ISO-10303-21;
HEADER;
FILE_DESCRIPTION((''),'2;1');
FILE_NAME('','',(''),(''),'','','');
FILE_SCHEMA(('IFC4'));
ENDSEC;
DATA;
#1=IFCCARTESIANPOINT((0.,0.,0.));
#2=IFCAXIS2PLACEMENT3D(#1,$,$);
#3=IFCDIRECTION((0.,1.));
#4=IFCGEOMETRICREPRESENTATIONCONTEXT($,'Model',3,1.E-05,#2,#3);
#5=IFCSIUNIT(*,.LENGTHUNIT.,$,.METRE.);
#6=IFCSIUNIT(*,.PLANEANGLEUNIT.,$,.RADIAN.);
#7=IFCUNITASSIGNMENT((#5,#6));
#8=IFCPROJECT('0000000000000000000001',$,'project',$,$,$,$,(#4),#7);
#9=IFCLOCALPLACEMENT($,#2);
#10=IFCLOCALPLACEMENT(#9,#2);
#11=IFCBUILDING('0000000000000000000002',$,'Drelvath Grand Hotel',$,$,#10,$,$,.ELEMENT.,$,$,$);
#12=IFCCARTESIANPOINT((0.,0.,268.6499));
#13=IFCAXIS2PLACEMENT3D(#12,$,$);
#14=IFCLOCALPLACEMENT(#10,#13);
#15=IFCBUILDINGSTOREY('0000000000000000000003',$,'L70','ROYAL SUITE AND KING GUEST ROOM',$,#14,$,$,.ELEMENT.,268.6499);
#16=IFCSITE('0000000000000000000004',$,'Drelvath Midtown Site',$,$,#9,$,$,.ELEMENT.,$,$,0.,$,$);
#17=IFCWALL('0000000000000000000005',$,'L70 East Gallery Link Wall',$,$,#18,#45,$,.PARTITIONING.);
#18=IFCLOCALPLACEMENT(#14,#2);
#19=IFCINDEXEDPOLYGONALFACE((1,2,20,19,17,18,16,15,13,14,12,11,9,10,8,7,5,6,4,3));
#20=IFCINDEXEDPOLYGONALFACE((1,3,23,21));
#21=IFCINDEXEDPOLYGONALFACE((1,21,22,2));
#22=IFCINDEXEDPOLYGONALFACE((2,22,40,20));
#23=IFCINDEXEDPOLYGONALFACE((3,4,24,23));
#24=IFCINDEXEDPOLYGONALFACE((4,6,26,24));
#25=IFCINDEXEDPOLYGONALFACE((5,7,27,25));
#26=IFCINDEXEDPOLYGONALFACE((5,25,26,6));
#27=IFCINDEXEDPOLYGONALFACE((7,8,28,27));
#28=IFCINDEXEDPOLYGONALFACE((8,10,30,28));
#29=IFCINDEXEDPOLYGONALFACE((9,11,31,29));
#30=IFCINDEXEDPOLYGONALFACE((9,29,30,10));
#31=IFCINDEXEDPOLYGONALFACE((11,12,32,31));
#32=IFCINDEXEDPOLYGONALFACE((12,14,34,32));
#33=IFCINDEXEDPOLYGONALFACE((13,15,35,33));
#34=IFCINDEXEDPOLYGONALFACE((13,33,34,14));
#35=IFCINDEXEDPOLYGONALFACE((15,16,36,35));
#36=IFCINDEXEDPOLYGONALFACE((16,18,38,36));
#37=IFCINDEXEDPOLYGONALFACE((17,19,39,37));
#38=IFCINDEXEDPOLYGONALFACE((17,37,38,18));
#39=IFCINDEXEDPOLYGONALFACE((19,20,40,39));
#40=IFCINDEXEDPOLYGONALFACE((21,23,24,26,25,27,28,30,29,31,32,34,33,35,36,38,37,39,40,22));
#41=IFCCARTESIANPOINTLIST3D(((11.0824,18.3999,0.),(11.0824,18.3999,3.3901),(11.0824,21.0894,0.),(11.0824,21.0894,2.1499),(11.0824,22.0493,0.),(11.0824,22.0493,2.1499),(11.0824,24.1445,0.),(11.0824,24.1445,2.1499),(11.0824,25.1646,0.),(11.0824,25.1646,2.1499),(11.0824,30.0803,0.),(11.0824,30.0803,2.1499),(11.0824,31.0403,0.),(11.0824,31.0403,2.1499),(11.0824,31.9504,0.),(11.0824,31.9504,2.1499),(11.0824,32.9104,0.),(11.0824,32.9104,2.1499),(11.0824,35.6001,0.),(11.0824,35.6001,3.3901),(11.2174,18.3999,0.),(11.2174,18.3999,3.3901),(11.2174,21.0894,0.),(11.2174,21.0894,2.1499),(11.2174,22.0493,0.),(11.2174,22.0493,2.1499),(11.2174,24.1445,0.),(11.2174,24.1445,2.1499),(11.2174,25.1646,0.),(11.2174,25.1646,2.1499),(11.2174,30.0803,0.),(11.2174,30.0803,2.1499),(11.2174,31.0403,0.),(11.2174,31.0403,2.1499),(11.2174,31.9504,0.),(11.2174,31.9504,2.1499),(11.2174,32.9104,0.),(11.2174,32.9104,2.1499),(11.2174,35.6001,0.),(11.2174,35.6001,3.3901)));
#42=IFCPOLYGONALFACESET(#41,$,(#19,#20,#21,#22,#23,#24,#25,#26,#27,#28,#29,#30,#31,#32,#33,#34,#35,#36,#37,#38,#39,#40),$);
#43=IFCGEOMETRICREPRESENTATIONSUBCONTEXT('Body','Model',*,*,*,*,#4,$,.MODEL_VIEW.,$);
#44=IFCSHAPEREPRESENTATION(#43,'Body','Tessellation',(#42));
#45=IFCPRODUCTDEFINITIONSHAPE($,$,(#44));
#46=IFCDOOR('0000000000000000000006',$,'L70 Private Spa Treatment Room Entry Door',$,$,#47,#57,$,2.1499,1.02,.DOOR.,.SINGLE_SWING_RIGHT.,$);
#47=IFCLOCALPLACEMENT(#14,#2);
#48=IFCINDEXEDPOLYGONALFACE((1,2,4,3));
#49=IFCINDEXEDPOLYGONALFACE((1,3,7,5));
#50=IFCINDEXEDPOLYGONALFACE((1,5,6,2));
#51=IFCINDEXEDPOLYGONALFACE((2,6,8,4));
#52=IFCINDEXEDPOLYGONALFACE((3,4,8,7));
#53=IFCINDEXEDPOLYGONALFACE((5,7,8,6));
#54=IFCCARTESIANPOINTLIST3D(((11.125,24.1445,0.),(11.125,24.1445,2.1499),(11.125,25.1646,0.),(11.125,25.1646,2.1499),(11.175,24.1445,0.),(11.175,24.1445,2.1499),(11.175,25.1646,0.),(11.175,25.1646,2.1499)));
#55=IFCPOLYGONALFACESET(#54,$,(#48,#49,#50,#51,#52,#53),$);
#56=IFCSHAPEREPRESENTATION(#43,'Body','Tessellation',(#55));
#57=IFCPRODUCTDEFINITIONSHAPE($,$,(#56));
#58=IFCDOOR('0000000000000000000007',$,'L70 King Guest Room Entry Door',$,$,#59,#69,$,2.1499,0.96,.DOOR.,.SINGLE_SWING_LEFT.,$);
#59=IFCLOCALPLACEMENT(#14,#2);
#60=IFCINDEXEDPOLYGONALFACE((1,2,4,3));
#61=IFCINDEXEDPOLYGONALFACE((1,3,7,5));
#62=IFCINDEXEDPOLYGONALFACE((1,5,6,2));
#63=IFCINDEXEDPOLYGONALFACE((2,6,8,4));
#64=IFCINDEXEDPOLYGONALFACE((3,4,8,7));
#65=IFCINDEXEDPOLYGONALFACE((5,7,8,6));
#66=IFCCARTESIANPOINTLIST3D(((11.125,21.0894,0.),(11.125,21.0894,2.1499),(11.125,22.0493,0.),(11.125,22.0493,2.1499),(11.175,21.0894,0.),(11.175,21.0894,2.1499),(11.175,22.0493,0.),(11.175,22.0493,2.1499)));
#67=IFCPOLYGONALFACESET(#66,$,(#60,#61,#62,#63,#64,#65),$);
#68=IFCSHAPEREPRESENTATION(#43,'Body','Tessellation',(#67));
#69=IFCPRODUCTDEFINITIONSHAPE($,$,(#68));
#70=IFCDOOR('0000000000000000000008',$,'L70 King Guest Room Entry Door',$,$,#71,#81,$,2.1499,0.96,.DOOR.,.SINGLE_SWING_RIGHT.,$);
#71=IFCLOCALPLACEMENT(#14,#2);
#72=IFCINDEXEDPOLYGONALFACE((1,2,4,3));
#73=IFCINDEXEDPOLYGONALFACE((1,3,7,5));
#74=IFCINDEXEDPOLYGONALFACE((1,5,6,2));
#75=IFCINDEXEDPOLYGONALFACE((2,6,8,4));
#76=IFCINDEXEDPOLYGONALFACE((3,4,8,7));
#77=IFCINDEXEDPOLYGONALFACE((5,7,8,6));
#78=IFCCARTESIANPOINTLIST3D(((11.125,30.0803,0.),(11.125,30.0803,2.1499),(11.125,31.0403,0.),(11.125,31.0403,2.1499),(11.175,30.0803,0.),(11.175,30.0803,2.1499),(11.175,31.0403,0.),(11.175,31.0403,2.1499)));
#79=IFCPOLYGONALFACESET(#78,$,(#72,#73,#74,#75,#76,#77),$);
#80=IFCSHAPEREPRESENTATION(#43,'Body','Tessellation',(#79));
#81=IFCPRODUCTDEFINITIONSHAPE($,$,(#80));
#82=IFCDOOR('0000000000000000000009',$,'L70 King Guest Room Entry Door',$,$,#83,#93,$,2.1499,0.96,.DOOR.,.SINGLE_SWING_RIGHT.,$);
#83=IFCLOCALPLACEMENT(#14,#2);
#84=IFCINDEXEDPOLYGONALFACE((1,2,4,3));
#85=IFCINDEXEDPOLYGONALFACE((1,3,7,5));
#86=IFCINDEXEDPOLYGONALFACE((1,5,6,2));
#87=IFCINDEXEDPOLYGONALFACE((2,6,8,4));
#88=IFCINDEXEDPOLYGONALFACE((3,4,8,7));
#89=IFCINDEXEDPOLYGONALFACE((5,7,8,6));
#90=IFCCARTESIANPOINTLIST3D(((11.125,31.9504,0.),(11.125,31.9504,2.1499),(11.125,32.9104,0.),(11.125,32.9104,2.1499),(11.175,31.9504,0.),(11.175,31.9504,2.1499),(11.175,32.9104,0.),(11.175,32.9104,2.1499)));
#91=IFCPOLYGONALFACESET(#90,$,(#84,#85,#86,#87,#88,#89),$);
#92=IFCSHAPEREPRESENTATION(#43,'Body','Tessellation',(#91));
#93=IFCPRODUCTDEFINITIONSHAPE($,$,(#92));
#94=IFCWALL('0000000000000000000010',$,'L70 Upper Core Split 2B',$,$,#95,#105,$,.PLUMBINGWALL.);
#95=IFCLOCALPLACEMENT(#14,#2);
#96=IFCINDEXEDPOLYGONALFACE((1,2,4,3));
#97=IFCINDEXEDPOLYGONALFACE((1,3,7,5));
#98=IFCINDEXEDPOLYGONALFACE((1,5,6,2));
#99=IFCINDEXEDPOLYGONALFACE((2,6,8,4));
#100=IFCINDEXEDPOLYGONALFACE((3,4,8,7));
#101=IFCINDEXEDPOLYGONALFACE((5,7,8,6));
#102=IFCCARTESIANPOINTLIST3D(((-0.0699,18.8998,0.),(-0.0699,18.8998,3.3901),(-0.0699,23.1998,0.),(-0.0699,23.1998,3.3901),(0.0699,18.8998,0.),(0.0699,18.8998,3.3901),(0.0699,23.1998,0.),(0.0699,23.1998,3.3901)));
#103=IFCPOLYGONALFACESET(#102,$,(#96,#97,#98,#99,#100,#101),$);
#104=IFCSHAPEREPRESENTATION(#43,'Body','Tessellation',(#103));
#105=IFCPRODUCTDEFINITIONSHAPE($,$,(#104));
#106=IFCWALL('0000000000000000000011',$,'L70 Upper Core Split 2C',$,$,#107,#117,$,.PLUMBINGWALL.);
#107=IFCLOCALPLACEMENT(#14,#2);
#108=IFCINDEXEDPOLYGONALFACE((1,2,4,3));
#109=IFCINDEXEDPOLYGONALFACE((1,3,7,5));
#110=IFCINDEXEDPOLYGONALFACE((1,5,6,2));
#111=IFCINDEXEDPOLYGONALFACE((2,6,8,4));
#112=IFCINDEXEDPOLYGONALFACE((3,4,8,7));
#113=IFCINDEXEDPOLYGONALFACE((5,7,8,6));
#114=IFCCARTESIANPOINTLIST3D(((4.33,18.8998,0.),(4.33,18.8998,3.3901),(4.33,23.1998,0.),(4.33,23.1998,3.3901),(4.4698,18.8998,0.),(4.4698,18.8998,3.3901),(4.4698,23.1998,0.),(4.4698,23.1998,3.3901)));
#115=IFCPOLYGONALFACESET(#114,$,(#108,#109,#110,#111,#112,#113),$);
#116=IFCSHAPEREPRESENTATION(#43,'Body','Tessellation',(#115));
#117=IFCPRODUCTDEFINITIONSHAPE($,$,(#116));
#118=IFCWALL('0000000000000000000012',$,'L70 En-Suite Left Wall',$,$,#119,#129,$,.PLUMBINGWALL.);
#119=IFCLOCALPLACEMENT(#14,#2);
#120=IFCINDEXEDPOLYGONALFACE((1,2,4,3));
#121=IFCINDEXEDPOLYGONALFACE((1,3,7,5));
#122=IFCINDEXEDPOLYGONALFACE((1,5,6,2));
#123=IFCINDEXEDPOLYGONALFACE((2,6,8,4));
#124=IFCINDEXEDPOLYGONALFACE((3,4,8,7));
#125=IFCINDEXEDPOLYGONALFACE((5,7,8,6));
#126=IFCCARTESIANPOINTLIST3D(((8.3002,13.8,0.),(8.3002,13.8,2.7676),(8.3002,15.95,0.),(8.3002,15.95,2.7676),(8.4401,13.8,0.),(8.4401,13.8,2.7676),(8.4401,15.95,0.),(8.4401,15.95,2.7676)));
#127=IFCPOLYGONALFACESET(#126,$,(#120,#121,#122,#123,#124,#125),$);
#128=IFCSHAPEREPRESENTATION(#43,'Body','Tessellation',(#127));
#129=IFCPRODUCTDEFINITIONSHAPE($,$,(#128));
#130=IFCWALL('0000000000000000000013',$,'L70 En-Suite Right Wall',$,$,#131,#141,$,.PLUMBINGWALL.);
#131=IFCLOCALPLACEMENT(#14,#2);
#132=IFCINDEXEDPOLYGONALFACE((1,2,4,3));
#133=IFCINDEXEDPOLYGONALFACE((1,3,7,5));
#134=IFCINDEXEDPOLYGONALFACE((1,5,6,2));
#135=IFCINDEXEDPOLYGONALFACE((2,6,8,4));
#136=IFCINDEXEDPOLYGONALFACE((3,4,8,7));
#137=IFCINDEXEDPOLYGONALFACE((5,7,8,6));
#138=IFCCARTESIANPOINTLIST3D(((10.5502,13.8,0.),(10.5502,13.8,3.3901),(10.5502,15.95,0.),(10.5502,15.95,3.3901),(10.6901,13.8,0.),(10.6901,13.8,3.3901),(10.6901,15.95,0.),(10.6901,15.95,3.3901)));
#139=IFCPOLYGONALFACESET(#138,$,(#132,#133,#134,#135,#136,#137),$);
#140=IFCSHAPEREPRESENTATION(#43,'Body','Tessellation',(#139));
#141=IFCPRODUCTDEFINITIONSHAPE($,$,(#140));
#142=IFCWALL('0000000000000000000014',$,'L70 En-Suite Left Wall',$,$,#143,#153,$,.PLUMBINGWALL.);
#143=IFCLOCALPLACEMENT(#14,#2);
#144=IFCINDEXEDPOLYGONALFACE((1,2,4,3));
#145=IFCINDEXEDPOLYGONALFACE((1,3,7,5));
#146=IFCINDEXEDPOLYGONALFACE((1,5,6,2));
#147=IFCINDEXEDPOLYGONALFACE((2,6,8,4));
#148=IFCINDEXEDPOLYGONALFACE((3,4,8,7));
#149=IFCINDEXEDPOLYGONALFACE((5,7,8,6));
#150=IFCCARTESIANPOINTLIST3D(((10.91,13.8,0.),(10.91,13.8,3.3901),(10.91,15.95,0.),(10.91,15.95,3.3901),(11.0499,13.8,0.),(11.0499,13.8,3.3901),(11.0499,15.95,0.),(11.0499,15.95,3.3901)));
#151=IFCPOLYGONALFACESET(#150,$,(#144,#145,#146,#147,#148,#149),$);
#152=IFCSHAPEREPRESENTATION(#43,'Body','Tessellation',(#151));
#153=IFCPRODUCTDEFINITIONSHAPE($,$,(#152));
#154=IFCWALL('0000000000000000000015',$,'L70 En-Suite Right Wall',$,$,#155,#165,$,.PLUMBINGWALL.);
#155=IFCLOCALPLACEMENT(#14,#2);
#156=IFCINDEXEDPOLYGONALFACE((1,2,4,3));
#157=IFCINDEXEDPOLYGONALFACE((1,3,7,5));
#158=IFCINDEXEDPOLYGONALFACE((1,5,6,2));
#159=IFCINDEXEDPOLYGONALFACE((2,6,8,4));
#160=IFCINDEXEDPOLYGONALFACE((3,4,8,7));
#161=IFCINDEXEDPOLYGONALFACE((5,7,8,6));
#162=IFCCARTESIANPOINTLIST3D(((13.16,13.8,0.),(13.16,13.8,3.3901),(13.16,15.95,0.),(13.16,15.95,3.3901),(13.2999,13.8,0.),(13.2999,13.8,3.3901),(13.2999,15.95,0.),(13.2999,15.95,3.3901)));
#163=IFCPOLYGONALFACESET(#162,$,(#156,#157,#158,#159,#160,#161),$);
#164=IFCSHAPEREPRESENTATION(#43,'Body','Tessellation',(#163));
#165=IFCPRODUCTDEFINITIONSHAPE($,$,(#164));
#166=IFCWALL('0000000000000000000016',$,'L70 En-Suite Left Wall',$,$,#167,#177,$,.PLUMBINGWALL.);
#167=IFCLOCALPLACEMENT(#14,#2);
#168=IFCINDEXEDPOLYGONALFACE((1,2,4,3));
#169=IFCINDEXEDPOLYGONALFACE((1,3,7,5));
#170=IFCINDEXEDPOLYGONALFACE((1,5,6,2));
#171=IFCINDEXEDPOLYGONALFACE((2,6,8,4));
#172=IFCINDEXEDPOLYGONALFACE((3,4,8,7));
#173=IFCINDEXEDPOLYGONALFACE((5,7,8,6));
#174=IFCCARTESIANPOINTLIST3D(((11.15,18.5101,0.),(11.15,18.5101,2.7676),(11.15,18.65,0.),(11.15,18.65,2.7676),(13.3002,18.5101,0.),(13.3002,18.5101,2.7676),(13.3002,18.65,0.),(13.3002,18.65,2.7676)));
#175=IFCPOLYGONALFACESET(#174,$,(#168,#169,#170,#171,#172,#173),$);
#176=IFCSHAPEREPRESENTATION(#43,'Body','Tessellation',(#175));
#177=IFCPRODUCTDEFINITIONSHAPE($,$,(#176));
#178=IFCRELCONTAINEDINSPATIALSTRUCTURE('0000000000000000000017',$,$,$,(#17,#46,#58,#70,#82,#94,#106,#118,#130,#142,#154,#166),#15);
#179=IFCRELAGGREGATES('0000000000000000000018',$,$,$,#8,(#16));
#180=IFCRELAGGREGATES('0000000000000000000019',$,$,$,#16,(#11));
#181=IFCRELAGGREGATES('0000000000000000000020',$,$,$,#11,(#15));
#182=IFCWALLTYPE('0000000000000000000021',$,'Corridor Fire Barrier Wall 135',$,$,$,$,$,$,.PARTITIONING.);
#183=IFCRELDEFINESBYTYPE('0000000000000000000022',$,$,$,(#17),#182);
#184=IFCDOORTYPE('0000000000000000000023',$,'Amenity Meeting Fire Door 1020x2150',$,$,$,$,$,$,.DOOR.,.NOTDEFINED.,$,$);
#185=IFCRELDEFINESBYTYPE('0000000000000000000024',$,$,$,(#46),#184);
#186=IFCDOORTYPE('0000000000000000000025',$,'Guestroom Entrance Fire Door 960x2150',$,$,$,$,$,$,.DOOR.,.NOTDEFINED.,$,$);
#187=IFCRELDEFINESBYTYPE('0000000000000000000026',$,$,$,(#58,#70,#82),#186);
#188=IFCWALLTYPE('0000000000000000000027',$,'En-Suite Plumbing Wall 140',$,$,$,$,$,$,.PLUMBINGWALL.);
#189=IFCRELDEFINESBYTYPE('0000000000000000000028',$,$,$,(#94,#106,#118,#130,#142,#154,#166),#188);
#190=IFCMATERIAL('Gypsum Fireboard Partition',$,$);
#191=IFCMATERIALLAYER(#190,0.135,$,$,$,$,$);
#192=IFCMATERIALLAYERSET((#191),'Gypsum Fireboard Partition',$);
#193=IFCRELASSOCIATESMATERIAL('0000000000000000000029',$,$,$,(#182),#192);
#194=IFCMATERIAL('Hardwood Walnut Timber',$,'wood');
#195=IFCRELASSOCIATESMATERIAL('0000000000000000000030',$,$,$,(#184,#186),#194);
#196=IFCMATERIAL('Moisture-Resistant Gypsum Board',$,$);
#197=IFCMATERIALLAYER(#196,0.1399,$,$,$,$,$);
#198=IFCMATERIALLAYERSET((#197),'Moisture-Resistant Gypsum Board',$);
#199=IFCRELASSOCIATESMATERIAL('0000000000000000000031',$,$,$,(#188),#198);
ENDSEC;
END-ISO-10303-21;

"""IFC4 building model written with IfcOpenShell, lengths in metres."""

from ifc_helpers import new_model, si_unit, direction, frame, frame_2d, origin, place, context, subcontext, project, spatial, rectangle, extrude, material, layer, layer_set, type_object, element, fill, save


model = new_model("IFC4")

# Units and contexts
model_context = context("Model", 3, precision=1e-05, world=origin(), true_north=direction((0.0, 1.0)))
body_context = subcontext(model_context, "Body", "Model", "MODEL_VIEW")
ifc_project = project(units=[si_unit("LENGTHUNIT", "METRE"), si_unit("PLANEANGLEUNIT", "RADIAN")], contexts=[model_context])

# Site, building, storey
site_placement = place(None, origin())
site = spatial("IfcSite", under=ifc_project, at=site_placement, Name="Drelvath Midtown Site", CompositionType="ELEMENT", RefElevation=0.0)
building_placement = place(site_placement, origin())
building = spatial("IfcBuilding", under=site, at=building_placement, Name="Drelvath Grand Hotel", CompositionType="ELEMENT")
storey_placement = place(building_placement, frame((0.0, 0.0, 268.6499)))
storey = spatial("IfcBuildingStorey", under=building, at=storey_placement, Name="L70", Description="ROYAL SUITE AND KING GUEST ROOM", CompositionType="ELEMENT", Elevation=268.6499)

# Shared definitions
ifc_material_1 = material(Name="Gypsum Fireboard Partition")
ifc_layer_1 = layer(ifc_material_1, 0.135)
ifc_layer_set_1 = layer_set([ifc_layer_1], Name="Gypsum Fireboard Partition")
wall_type_1 = type_object("IfcWallType", Name="Corridor Fire Barrier Wall 135", PredefinedType="PARTITIONING", material=ifc_layer_set_1)

# Wall, openings, doors
wall_1_placement = place(storey_placement, frame((11.1499, 18.3999, 0.0), z_axis=(0.0, 0.0, 1.0), x_axis=(0.0, 1.0, 0.0)))
wall_1 = element("IfcWall", 1, at=wall_1_placement, inside=storey, type_object=wall_type_1, Name="L70 East Gallery Link Wall", PredefinedType="PARTITIONING", context=body_context, shape_type="SweptSolid", body=[
    extrude(rectangle(XDim=17.2002, YDim=0.135, at=frame_2d((8.6001, 0.0))), origin(), (0.0, 0.0, 1.0), 3.3901),
])
opening_1_placement = place(wall_1_placement, frame((2.6895, 0.0, 0.0)))
opening_1 = element("IfcOpeningElement", 2, at=opening_1_placement, cuts=wall_1, PredefinedType="OPENING", context=body_context, shape_type="SweptSolid", body=[
    extrude(rectangle(XDim=0.96, YDim=2.1499, at=frame_2d((0.48, 1.075))), frame((0.0, 0.0774, 0.0), z_axis=(0.0, -1.0, 0.0), x_axis=(1.0, 0.0, 0.0)), (0.0, 0.0, 1.0), 0.155),
])
opening_2_placement = place(wall_1_placement, frame((5.7446, 0.0, 0.0)))
opening_2 = element("IfcOpeningElement", 3, at=opening_2_placement, cuts=wall_1, PredefinedType="OPENING", context=body_context, shape_type="SweptSolid", body=[
    extrude(rectangle(XDim=1.02, YDim=2.1499, at=frame_2d((0.51, 1.075))), frame((0.0, 0.0774, 0.0), z_axis=(0.0, -1.0, 0.0), x_axis=(1.0, 0.0, 0.0)), (0.0, 0.0, 1.0), 0.155),
])
opening_3_placement = place(wall_1_placement, frame((11.6804, 0.0, 0.0)))
opening_3 = element("IfcOpeningElement", 4, at=opening_3_placement, cuts=wall_1, PredefinedType="OPENING", context=body_context, shape_type="SweptSolid", body=[
    extrude(rectangle(XDim=0.96, YDim=2.1499, at=frame_2d((0.48, 1.075))), frame((0.0, 0.0774, 0.0), z_axis=(0.0, -1.0, 0.0), x_axis=(1.0, 0.0, 0.0)), (0.0, 0.0, 1.0), 0.155),
])
opening_4_placement = place(wall_1_placement, frame((13.5505, 0.0, 0.0)))
opening_4 = element("IfcOpeningElement", 5, at=opening_4_placement, cuts=wall_1, PredefinedType="OPENING", context=body_context, shape_type="SweptSolid", body=[
    extrude(rectangle(XDim=0.96, YDim=2.1499, at=frame_2d((0.48, 1.075))), frame((0.0, 0.0774, 0.0), z_axis=(0.0, -1.0, 0.0), x_axis=(1.0, 0.0, 0.0)), (0.0, 0.0, 1.0), 0.155),
])
ifc_material_2 = material(Name="Hardwood Walnut Timber", Category="wood")
door_type_1 = type_object("IfcDoorType", Name="Amenity Meeting Fire Door 1020x2150", OperationType="NOTDEFINED", PredefinedType="DOOR", material=ifc_material_2)
door_1_placement = place(opening_2_placement, origin())
door_1 = element("IfcDoor", 6, at=door_1_placement, inside=storey, type_object=door_type_1, Name="L70 Private Spa Treatment Room Entry Door", OperationType="SINGLE_SWING_RIGHT", OverallHeight=2.1499, OverallWidth=1.02, PredefinedType="DOOR", context=body_context, shape_type="SweptSolid", body=[
    extrude(rectangle(XDim=1.02, YDim=2.1499, at=frame_2d((0.51, 1.075))), frame((0.0, 0.0249, 0.0), z_axis=(0.0, -1.0, 0.0), x_axis=(1.0, 0.0, 0.0)), (0.0, 0.0, 1.0), 0.05),
])
fill(opening_2, door_1)
door_type_2 = type_object("IfcDoorType", Name="Guestroom Entrance Fire Door 960x2150", OperationType="NOTDEFINED", PredefinedType="DOOR", material=ifc_material_2)
door_2_placement = place(opening_1_placement, origin())
door_2 = element("IfcDoor", 7, at=door_2_placement, inside=storey, type_object=door_type_2, Name="L70 King Guest Room Entry Door", OperationType="SINGLE_SWING_LEFT", OverallHeight=2.1499, OverallWidth=0.96, PredefinedType="DOOR", context=body_context, shape_type="SweptSolid", body=[
    extrude(rectangle(XDim=0.96, YDim=2.1499, at=frame_2d((0.48, 1.075))), frame((0.0, 0.0249, 0.0), z_axis=(0.0, -1.0, 0.0), x_axis=(1.0, 0.0, 0.0)), (0.0, 0.0, 1.0), 0.05),
])
fill(opening_1, door_2)
door_3_placement = place(opening_3_placement, origin())
door_3 = element("IfcDoor", 8, at=door_3_placement, inside=storey, type_object=door_type_2, Name="L70 King Guest Room Entry Door", OperationType="SINGLE_SWING_RIGHT", OverallHeight=2.1499, OverallWidth=0.96, PredefinedType="DOOR", context=body_context, shape_type="SweptSolid", body=[
    extrude(rectangle(XDim=0.96, YDim=2.1499, at=frame_2d((0.48, 1.075))), frame((0.0, 0.0249, 0.0), z_axis=(0.0, -1.0, 0.0), x_axis=(1.0, 0.0, 0.0)), (0.0, 0.0, 1.0), 0.05),
])
fill(opening_3, door_3)
door_4_placement = place(opening_4_placement, origin())
door_4 = element("IfcDoor", 9, at=door_4_placement, inside=storey, type_object=door_type_2, Name="L70 King Guest Room Entry Door", OperationType="SINGLE_SWING_RIGHT", OverallHeight=2.1499, OverallWidth=0.96, PredefinedType="DOOR", context=body_context, shape_type="SweptSolid", body=[
    extrude(rectangle(XDim=0.96, YDim=2.1499, at=frame_2d((0.48, 1.075))), frame((0.0, 0.0249, 0.0), z_axis=(0.0, -1.0, 0.0), x_axis=(1.0, 0.0, 0.0)), (0.0, 0.0, 1.0), 0.05),
])
fill(opening_4, door_4)

# Walls
ifc_material_3 = material(Name="Moisture-Resistant Gypsum Board")
ifc_layer_2 = layer(ifc_material_3, 0.1399)
ifc_layer_set_2 = layer_set([ifc_layer_2], Name="Moisture-Resistant Gypsum Board")
wall_type_2 = type_object("IfcWallType", Name="En-Suite Plumbing Wall 140", PredefinedType="PLUMBINGWALL", material=ifc_layer_set_2)
for number, where, z_axis, x_axis, name in (
    (10, (0.0, 18.8999, 0.0), (0.0, 0.0, 1.0), (0.0, 1.0, 0.0), "L70 Upper Core Split 2B"),
    (11, (4.3999, 18.8999, 0.0), (0.0, 0.0, 1.0), (0.0, 1.0, 0.0), "L70 Upper Core Split 2C"),
):
    element("IfcWall", number, at=place(storey_placement, frame(where, z_axis=z_axis, x_axis=x_axis)), inside=storey, type_object=wall_type_2, Name=name, PredefinedType="PLUMBINGWALL", context=body_context, shape_type="SweptSolid", body=[
        extrude(rectangle(XDim=4.3, YDim=0.1399, at=frame_2d((2.1499, 0.0))), origin(), (0.0, 0.0, 1.0), 3.3901),
    ])
wall_2_placement = place(storey_placement, frame((8.3701, 15.95, 0.0), z_axis=(0.0, 0.0, 1.0), x_axis=(0.0, -1.0, 0.0)))
element("IfcWall", 12, at=wall_2_placement, inside=storey, type_object=wall_type_2, Name="L70 En-Suite Left Wall", PredefinedType="PLUMBINGWALL", context=body_context, shape_type="SweptSolid", body=[
    extrude(rectangle(XDim=2.1499, YDim=0.1399, at=frame_2d((1.075, 0.0))), origin(), (0.0, 0.0, 1.0), 2.7676),
])
for number, where, z_axis, x_axis, name in (
    (13, (10.6201, 15.95, 0.0), (0.0, 0.0, 1.0), (0.0, -1.0, 0.0), "L70 En-Suite Right Wall"),
    (14, (10.98, 15.95, 0.0), (0.0, 0.0, 1.0), (0.0, -1.0, 0.0), "L70 En-Suite Left Wall"),
    (15, (13.23, 15.95, 0.0), (0.0, 0.0, 1.0), (0.0, -1.0, 0.0), "L70 En-Suite Right Wall"),
):
    element("IfcWall", number, at=place(storey_placement, frame(where, z_axis=z_axis, x_axis=x_axis)), inside=storey, type_object=wall_type_2, Name=name, PredefinedType="PLUMBINGWALL", context=body_context, shape_type="SweptSolid", body=[
        extrude(rectangle(XDim=2.1499, YDim=0.1399, at=frame_2d((1.075, 0.0))), origin(), (0.0, 0.0, 1.0), 3.3901),
    ])
wall_3_placement = place(storey_placement, frame((11.1499, 18.5801, 0.0), z_axis=(0.0, 0.0, 1.0), x_axis=(1.0, 0.0, 0.0)))
element("IfcWall", 16, at=wall_3_placement, inside=storey, type_object=wall_type_2, Name="L70 En-Suite Left Wall", PredefinedType="PLUMBINGWALL", context=body_context, shape_type="SweptSolid", body=[
    extrude(rectangle(XDim=2.1501, YDim=0.1399, at=frame_2d((1.0752, 0.0))), origin(), (0.0, 0.0, 1.0), 2.7676),
])

save(model, "model.ifc")
